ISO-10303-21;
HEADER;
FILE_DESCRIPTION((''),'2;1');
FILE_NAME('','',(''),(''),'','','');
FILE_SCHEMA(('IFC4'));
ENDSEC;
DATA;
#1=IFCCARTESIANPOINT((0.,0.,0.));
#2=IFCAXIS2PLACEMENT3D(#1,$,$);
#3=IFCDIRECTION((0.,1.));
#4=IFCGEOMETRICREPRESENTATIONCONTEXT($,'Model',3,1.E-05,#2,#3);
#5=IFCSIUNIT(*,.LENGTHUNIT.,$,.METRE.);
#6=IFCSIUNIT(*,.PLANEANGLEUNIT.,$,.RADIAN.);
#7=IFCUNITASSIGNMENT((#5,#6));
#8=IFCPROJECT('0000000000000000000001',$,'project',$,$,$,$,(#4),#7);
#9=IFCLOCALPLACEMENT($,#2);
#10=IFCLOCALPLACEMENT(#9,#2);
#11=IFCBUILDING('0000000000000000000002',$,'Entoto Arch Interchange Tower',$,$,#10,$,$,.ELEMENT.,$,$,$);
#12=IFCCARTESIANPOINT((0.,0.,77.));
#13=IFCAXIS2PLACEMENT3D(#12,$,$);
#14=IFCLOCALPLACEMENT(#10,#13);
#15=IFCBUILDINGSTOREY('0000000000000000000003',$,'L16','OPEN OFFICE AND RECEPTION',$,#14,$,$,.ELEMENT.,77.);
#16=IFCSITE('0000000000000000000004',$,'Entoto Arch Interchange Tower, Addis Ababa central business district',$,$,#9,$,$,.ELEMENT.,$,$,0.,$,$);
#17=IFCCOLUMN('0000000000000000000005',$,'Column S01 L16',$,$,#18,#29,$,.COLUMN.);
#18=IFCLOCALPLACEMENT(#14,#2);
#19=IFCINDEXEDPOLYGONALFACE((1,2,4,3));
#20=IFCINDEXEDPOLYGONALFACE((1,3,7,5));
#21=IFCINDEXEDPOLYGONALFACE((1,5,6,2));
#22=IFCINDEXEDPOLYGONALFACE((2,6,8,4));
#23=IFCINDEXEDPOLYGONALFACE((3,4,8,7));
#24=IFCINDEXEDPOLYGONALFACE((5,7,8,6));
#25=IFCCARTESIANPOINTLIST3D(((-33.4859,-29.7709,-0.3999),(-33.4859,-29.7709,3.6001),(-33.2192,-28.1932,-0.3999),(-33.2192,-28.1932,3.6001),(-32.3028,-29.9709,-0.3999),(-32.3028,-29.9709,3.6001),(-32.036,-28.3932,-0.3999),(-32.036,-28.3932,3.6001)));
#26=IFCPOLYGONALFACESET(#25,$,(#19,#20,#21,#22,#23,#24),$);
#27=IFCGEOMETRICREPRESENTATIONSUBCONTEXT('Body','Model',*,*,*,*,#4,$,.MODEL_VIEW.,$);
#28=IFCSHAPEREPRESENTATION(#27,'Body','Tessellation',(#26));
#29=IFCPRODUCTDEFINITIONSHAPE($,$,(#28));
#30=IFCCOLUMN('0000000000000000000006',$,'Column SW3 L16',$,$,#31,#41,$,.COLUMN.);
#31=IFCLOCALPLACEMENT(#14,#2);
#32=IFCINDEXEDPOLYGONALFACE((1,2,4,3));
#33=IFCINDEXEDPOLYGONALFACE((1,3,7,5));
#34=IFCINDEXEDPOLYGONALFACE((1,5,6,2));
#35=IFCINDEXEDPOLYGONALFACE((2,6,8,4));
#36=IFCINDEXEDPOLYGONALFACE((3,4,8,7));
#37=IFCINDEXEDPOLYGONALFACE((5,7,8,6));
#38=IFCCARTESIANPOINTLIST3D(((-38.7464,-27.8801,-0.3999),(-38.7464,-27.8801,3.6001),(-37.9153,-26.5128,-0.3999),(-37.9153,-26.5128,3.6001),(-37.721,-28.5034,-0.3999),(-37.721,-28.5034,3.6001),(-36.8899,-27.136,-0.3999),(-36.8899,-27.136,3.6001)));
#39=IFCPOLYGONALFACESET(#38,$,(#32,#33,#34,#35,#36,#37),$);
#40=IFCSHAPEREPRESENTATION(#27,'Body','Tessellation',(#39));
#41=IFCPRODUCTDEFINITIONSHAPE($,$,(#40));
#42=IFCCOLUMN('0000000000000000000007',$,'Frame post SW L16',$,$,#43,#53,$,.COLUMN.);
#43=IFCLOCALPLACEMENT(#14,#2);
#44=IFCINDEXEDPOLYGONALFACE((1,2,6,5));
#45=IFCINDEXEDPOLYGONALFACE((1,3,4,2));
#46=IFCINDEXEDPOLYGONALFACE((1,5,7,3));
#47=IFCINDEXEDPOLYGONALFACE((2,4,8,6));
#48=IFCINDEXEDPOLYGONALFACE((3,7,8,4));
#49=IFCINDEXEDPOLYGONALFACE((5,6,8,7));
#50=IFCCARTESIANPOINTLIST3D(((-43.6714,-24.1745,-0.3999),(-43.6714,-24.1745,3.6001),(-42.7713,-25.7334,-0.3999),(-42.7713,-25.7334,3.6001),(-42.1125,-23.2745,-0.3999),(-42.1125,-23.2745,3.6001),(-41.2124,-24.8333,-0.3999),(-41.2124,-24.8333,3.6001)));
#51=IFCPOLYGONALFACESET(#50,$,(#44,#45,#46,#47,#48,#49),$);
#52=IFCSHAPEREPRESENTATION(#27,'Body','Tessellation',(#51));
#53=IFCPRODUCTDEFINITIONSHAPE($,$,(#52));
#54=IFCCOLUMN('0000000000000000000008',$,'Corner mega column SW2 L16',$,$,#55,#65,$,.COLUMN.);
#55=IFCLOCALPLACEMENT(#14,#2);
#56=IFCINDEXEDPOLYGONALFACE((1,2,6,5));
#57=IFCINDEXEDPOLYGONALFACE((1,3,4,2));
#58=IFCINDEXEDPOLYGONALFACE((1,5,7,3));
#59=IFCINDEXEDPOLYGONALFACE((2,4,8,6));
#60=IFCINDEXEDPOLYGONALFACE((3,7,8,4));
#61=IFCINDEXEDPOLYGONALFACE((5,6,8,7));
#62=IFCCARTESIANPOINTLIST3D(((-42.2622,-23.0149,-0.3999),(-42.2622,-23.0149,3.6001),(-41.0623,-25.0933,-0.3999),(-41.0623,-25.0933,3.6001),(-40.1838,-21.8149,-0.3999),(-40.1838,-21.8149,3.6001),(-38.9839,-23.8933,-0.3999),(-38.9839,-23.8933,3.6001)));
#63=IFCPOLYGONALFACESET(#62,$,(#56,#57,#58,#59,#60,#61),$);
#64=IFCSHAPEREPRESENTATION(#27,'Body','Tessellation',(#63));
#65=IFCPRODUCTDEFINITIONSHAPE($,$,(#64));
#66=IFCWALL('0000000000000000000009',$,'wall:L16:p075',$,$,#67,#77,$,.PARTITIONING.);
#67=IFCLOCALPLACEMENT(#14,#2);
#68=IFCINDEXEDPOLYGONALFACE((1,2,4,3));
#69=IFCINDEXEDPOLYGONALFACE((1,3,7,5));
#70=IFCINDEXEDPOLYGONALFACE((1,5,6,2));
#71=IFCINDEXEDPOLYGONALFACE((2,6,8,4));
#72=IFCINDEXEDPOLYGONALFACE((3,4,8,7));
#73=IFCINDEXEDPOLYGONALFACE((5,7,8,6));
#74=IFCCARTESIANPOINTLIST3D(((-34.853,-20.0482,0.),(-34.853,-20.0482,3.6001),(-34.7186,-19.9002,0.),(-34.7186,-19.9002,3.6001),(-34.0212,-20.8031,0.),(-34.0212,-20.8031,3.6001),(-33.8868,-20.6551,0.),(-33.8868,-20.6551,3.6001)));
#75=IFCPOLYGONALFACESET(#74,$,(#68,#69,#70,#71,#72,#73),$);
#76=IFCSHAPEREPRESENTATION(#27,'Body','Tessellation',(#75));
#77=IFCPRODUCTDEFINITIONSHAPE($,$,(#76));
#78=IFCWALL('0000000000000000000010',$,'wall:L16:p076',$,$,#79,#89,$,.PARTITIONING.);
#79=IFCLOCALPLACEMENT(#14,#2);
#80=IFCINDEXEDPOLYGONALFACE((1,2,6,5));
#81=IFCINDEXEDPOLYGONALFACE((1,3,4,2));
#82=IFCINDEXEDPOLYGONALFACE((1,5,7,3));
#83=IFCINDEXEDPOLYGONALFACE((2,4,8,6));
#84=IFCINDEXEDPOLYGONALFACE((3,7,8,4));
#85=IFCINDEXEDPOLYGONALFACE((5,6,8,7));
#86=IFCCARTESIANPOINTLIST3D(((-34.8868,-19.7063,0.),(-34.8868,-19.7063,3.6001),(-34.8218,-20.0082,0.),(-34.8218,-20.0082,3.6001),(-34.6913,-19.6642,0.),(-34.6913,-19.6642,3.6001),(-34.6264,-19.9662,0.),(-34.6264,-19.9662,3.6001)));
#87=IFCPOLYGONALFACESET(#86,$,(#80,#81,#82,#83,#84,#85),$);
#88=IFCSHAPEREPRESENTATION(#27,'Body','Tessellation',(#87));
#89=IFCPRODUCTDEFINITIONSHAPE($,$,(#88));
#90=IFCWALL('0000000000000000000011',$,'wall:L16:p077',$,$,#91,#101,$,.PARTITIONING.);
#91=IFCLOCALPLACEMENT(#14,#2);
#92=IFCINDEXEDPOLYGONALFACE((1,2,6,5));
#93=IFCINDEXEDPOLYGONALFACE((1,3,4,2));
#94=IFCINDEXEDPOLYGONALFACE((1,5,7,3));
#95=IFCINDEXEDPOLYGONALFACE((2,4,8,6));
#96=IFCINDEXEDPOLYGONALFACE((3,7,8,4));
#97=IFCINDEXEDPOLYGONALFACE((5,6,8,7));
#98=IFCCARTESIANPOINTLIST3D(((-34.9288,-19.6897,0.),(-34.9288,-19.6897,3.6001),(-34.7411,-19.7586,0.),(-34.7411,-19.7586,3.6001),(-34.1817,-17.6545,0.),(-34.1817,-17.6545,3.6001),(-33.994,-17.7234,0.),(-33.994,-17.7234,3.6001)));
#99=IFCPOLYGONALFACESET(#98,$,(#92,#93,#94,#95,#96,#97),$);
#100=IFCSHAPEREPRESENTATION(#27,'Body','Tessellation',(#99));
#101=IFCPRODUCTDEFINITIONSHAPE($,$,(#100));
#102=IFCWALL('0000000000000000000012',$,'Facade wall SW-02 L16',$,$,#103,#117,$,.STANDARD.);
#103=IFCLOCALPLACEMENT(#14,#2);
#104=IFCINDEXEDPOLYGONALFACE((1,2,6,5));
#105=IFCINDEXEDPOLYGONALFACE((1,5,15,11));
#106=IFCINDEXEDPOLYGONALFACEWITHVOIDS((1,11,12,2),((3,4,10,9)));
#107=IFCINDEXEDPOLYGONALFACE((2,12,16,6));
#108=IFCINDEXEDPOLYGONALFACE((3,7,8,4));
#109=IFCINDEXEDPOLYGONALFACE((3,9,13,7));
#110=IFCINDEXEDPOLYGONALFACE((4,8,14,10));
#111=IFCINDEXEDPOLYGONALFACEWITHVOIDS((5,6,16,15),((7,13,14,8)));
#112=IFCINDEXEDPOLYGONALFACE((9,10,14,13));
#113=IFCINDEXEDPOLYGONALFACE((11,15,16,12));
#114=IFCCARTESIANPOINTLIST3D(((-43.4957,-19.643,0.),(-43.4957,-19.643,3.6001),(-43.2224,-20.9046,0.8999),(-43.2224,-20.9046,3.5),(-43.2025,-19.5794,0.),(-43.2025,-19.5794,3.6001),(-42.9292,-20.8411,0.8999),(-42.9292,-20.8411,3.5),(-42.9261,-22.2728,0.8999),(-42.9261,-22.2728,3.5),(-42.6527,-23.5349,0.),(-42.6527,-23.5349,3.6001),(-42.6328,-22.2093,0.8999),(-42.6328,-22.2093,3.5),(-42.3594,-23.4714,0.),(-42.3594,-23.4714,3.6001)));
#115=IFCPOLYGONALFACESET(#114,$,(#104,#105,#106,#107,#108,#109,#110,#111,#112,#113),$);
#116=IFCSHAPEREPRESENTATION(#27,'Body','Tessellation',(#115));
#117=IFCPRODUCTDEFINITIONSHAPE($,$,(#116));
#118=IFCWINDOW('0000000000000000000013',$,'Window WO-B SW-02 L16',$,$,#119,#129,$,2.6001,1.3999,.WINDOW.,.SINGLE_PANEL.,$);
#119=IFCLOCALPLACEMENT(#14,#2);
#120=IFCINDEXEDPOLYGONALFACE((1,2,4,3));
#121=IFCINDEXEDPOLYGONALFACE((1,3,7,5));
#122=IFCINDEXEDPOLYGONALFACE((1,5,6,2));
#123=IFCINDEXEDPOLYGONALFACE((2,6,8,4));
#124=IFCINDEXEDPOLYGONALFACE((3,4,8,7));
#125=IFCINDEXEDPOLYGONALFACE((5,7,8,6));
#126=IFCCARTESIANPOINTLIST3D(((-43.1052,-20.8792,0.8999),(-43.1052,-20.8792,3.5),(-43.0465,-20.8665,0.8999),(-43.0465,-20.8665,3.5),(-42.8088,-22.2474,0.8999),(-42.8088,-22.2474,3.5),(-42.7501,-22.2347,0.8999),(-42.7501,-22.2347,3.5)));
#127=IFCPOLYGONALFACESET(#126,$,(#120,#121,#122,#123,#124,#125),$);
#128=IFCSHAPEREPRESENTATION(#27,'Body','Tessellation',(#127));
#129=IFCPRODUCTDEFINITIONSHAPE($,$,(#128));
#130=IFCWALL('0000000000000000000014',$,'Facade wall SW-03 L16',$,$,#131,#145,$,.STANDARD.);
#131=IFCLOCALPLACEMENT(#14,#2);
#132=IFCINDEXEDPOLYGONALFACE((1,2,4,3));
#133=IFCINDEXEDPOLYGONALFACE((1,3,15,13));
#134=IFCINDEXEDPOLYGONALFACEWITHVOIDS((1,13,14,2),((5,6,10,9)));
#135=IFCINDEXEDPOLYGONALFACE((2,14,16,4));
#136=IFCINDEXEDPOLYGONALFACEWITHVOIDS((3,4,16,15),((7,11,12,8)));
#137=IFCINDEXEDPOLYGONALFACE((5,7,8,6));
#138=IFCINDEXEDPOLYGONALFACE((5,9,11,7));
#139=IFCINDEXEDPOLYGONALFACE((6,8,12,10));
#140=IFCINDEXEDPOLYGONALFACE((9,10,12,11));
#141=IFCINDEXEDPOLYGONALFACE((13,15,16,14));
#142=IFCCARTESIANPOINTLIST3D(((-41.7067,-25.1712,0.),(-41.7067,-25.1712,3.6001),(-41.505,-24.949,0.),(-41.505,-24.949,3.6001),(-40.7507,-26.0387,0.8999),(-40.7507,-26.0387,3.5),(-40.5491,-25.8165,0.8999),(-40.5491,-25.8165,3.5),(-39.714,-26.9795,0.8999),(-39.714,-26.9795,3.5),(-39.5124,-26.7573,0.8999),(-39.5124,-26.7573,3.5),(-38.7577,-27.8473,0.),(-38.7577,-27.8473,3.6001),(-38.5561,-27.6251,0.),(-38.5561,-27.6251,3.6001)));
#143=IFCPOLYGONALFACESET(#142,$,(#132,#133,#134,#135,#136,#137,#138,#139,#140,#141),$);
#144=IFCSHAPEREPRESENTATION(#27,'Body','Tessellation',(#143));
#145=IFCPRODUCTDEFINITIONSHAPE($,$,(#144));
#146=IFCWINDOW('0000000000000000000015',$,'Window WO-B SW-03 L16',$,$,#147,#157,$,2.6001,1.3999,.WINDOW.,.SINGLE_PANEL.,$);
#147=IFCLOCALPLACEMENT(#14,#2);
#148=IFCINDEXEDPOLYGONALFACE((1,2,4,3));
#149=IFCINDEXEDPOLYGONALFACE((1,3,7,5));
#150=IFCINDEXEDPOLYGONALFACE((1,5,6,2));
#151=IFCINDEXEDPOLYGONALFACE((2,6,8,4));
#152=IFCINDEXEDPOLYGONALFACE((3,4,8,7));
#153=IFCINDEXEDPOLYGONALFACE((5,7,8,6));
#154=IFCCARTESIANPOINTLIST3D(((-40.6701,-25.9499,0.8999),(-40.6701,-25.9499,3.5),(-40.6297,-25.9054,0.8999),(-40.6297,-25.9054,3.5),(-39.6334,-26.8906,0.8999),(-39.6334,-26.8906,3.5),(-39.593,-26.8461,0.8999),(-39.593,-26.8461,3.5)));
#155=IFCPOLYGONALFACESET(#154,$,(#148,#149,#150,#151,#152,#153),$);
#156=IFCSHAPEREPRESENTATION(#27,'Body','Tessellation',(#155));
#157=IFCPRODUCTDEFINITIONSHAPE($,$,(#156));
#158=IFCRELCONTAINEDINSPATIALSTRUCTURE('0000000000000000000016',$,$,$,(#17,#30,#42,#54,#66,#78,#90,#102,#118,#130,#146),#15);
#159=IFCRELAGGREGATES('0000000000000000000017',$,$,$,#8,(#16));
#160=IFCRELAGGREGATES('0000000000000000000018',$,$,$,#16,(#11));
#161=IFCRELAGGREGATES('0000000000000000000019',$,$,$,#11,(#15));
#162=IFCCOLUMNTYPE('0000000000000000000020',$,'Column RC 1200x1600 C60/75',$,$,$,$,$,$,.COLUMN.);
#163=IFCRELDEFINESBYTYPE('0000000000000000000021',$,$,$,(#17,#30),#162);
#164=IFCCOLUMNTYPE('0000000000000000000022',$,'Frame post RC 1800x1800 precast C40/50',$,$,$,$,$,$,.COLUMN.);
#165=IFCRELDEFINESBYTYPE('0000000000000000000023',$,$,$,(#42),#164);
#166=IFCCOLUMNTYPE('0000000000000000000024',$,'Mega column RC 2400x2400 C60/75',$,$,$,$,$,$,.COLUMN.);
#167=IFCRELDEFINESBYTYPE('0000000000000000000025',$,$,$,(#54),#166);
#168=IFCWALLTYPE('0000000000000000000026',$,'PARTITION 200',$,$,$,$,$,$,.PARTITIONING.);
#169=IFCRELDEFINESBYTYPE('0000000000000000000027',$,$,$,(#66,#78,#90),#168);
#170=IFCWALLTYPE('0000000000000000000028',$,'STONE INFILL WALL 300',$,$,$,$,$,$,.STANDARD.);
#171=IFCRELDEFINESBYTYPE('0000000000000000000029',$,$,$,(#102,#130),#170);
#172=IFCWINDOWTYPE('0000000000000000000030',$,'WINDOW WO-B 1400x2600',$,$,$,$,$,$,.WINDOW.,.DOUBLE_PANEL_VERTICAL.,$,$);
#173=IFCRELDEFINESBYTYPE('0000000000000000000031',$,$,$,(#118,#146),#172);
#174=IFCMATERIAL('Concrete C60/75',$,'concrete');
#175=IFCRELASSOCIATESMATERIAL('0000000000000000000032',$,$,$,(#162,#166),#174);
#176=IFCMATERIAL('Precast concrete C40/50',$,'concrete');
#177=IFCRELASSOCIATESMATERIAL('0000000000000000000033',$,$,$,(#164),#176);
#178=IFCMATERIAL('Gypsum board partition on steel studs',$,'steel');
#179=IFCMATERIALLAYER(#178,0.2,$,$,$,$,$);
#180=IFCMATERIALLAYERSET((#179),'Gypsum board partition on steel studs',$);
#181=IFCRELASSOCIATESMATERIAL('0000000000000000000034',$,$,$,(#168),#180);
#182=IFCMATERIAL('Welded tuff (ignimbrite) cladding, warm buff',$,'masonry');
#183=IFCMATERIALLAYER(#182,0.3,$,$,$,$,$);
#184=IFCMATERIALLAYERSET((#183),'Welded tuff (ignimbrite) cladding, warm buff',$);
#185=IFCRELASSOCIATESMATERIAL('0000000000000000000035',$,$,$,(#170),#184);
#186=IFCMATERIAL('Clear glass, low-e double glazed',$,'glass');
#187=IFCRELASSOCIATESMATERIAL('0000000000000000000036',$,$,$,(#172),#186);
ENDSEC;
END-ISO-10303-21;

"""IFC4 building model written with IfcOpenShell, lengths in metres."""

from ifc_helpers import new_model, si_unit, direction, frame, frame_2d, origin, origin_2d, place, context, subcontext, project, spatial, rectangle, extrude, material, layer, layer_set, material_profile, profile_set, type_object, element, fill, save


model = new_model("IFC4")

# Units and contexts
model_context = context("Model", 3, precision=1e-05, world=origin(), true_north=direction((0.0, 1.0)))
body_context = subcontext(model_context, "Body", "Model", "MODEL_VIEW")
ifc_project = project(units=[si_unit("LENGTHUNIT", "METRE"), si_unit("PLANEANGLEUNIT", "RADIAN")], contexts=[model_context])

# Site, building, storey
site_placement = place(None, origin())
site = spatial("IfcSite", under=ifc_project, at=site_placement, Name="Entoto Arch Interchange Tower, Addis Ababa central business district", CompositionType="ELEMENT", RefElevation=0.0)
building_placement = place(site_placement, origin())
building = spatial("IfcBuilding", under=site, at=building_placement, Name="Entoto Arch Interchange Tower", CompositionType="ELEMENT")
storey_placement = place(building_placement, frame((0.0, 0.0, 77.0)))
storey = spatial("IfcBuildingStorey", under=building, at=storey_placement, Name="L16", Description="OPEN OFFICE AND RECEPTION", CompositionType="ELEMENT", Elevation=77.0)

# Columns
ifc_material_1 = material(Name="Concrete C60/75", Category="concrete")
ifc_material_profile_1 = material_profile(ifc_material_1, rectangle(XDim=1.2, YDim=1.6001, at=origin_2d()))
ifc_profile_set_1 = profile_set([ifc_material_profile_1], Name="Concrete C60/75")
column_type_1 = type_object("IfcColumnType", Name="Column RC 1200x1600 C60/75", PredefinedType="COLUMN", material=ifc_profile_set_1)
for number, where, z_axis, x_axis, name in (
    (1, (-32.761, -29.082, -0.3999), (0.0, 0.0, 1.0), (-0.986005, 0.166717, 0.0), "Column S01 L16"),
    (2, (-37.8181, -27.5081, -0.3999), (0.0, 0.0, 1.0), (-0.854522, 0.519415, 0.0), "Column SW3 L16"),
):
    element("IfcColumn", number, at=place(storey_placement, frame(where, z_axis=z_axis, x_axis=x_axis)), inside=storey, type_object=column_type_1, Name=name, PredefinedType="COLUMN", context=body_context, shape_type="SweptSolid", body=[
        extrude(rectangle(XDim=1.2, YDim=1.6001, at=origin_2d()), origin(), (0.0, 0.0, 1.0), 4.0),
    ])
ifc_material_2 = material(Name="Precast concrete C40/50", Category="concrete")
ifc_material_profile_2 = material_profile(ifc_material_2, rectangle(XDim=1.8, YDim=1.8, at=origin_2d()))
ifc_profile_set_2 = profile_set([ifc_material_profile_2], Name="Precast concrete C40/50")
column_type_2 = type_object("IfcColumnType", Name="Frame post RC 1800x1800 precast C40/50", PredefinedType="COLUMN", material=ifc_profile_set_2)
column_1_placement = place(storey_placement, frame((-42.4419, -24.5039, -0.3999), z_axis=(0.0, 0.0, 1.0), x_axis=(0.866025, 0.5, 0.0)))
element("IfcColumn", 3, at=column_1_placement, inside=storey, type_object=column_type_2, Name="Frame post SW L16", PredefinedType="COLUMN", context=body_context, shape_type="SweptSolid", body=[
    extrude(rectangle(XDim=1.8, YDim=1.8, at=origin_2d()), origin(), (0.0, 0.0, 1.0), 4.0),
])
ifc_material_profile_3 = material_profile(ifc_material_1, rectangle(XDim=2.3999, YDim=2.3999, at=origin_2d()))
ifc_profile_set_3 = profile_set([ifc_material_profile_3], Name="Concrete C60/75")
column_type_3 = type_object("IfcColumnType", Name="Mega column RC 2400x2400 C60/75", PredefinedType="COLUMN", material=ifc_profile_set_3)
column_2_placement = place(storey_placement, frame((-40.623, -23.4541, -0.3999), z_axis=(0.0, 0.0, 1.0), x_axis=(0.866025, 0.5, 0.0)))
element("IfcColumn", 4, at=column_2_placement, inside=storey, type_object=column_type_3, Name="Corner mega column SW2 L16", PredefinedType="COLUMN", context=body_context, shape_type="SweptSolid", body=[
    extrude(rectangle(XDim=2.3999, YDim=2.3999, at=origin_2d()), origin(), (0.0, 0.0, 1.0), 4.0),
])

# Walls
ifc_material_3 = material(Name="Gypsum board partition on steel studs", Category="steel")
ifc_layer_1 = layer(ifc_material_3, 0.2)
ifc_layer_set_1 = layer_set([ifc_layer_1], Name="Gypsum board partition on steel studs")
wall_type_1 = type_object("IfcWallType", Name="PARTITION 200", PredefinedType="PARTITIONING", material=ifc_layer_set_1)
wall_1_placement = place(storey_placement, frame((-33.9541, -20.729, 0.0), z_axis=(0.0, 0.0, 1.0), x_axis=(-0.74051, 0.672045, 0.0)))
element("IfcWall", 5, at=wall_1_placement, inside=storey, type_object=wall_type_1, Name="wall:L16:p075", PredefinedType="PARTITIONING", context=body_context, shape_type="SweptSolid", body=[
    extrude(rectangle(XDim=1.1233, YDim=0.2, at=frame_2d((0.5615, 0.0))), origin(), (0.0, 0.0, 1.0), 3.6001),
])
wall_2_placement = place(storey_placement, frame((-34.7241, -19.9871, 0.0), z_axis=(0.0, 0.0, 1.0), x_axis=(-0.210231, 0.977652, 0.0)))
element("IfcWall", 6, at=wall_2_placement, inside=storey, type_object=wall_type_1, Name="wall:L16:p076", PredefinedType="PARTITIONING", context=body_context, shape_type="SweptSolid", body=[
    extrude(rectangle(XDim=0.3088, YDim=0.2, at=frame_2d((0.1543, 0.0))), origin(), (0.0, 0.0, 1.0), 3.6001),
])
wall_3_placement = place(storey_placement, frame((-34.835, -19.7241, 0.0), z_axis=(0.0, 0.0, 1.0), x_axis=(0.344599, 0.93875, 0.0)))
element("IfcWall", 7, at=wall_3_placement, inside=storey, type_object=wall_type_1, Name="wall:L16:p077", PredefinedType="PARTITIONING", context=body_context, shape_type="SweptSolid", body=[
    extrude(rectangle(XDim=2.168, YDim=0.2, at=frame_2d((1.084, 0.0))), origin(), (0.0, 0.0, 1.0), 3.6001),
])

# Walls, openings, windows
ifc_material_4 = material(Name="Welded tuff (ignimbrite) cladding, warm buff", Category="masonry")
ifc_layer_2 = layer(ifc_material_4, 0.3)
ifc_layer_set_2 = layer_set([ifc_layer_2], Name="Welded tuff (ignimbrite) cladding, warm buff")
wall_type_2 = type_object("IfcWallType", Name="STONE INFILL WALL 300", PredefinedType="STANDARD", material=ifc_layer_set_2)
wall_4_placement = place(storey_placement, frame((-43.3491, -19.6111, 0.0), z_axis=(0.0, 0.0, 1.0), x_axis=(0.211702, -0.977334, 0.0)))
wall_4 = element("IfcWall", 8, at=wall_4_placement, inside=storey, type_object=wall_type_2, Name="Facade wall SW-02 L16", PredefinedType="STANDARD", context=body_context, shape_type="SweptSolid", body=[
    extrude(rectangle(XDim=3.9822, YDim=0.3, at=frame_2d((1.9912, 0.0))), origin(), (0.0, 0.0, 1.0), 3.6001),
])
opening_1_placement = place(wall_4_placement, frame((1.291, 0.0, 0.8999)))
opening_1 = element("IfcOpeningElement", 9, at=opening_1_placement, cuts=wall_4, PredefinedType="OPENING", context=body_context, shape_type="SweptSolid", body=[
    extrude(rectangle(XDim=1.3999, YDim=2.6001, at=frame_2d((0.7, 1.3))), frame((0.0, 0.1602, 0.0), z_axis=(0.0, -1.0, 0.0), x_axis=(1.0, 0.0, 0.0)), (0.0, 0.0, 1.0), 0.3201),
])
ifc_material_5 = material(Name="Clear glass, low-e double glazed", Category="glass")
window_type = type_object("IfcWindowType", Name="WINDOW WO-B 1400x2600", PartitioningType="DOUBLE_PANEL_VERTICAL", PredefinedType="WINDOW", material=ifc_material_5)
window_1_placement = place(opening_1_placement, origin())
window_1 = element("IfcWindow", 10, at=window_1_placement, inside=storey, type_object=window_type, Name="Window WO-B SW-02 L16", OverallHeight=2.6001, OverallWidth=1.3999, PartitioningType="SINGLE_PANEL", PredefinedType="WINDOW", context=body_context, shape_type="SweptSolid", body=[
    extrude(rectangle(XDim=1.3999, YDim=2.6001, at=frame_2d((0.7, 1.3))), frame((0.0, 0.03, 0.0), z_axis=(0.0, -1.0, 0.0), x_axis=(1.0, 0.0, 0.0)), (0.0, 0.0, 1.0), 0.0601),
])
fill(opening_1, window_1)
wall_5_placement = place(storey_placement, frame((-41.606, -25.0601, 0.0), z_axis=(0.0, 0.0, 1.0), x_axis=(0.740547, -0.672004, 0.0)))
wall_5 = element("IfcWall", 11, at=wall_5_placement, inside=storey, type_object=wall_type_2, Name="Facade wall SW-03 L16", PredefinedType="STANDARD", context=body_context, shape_type="SweptSolid", body=[
    extrude(rectangle(XDim=3.9822, YDim=0.3, at=frame_2d((1.9912, 0.0))), origin(), (0.0, 0.0, 1.0), 3.6001),
])
opening_2_placement = place(wall_5_placement, frame((1.291, 0.0, 0.8999)))
opening_2 = element("IfcOpeningElement", 12, at=opening_2_placement, cuts=wall_5, PredefinedType="OPENING", context=body_context, shape_type="SweptSolid", body=[
    extrude(rectangle(XDim=1.3999, YDim=2.6001, at=frame_2d((0.7, 1.3))), frame((0.0, 0.1602, 0.0), z_axis=(0.0, -1.0, 0.0), x_axis=(1.0, 0.0, 0.0)), (0.0, 0.0, 1.0), 0.3201),
])
window_2_placement = place(opening_2_placement, origin())
window_2 = element("IfcWindow", 13, at=window_2_placement, inside=storey, type_object=window_type, Name="Window WO-B SW-03 L16", OverallHeight=2.6001, OverallWidth=1.3999, PartitioningType="SINGLE_PANEL", PredefinedType="WINDOW", context=body_context, shape_type="SweptSolid", body=[
    extrude(rectangle(XDim=1.3999, YDim=2.6001, at=frame_2d((0.7, 1.3))), frame((0.0, 0.03, 0.0), z_axis=(0.0, -1.0, 0.0), x_axis=(1.0, 0.0, 0.0)), (0.0, 0.0, 1.0), 0.0601),
])
fill(opening_2, window_2)

save(model, "model.ifc")
